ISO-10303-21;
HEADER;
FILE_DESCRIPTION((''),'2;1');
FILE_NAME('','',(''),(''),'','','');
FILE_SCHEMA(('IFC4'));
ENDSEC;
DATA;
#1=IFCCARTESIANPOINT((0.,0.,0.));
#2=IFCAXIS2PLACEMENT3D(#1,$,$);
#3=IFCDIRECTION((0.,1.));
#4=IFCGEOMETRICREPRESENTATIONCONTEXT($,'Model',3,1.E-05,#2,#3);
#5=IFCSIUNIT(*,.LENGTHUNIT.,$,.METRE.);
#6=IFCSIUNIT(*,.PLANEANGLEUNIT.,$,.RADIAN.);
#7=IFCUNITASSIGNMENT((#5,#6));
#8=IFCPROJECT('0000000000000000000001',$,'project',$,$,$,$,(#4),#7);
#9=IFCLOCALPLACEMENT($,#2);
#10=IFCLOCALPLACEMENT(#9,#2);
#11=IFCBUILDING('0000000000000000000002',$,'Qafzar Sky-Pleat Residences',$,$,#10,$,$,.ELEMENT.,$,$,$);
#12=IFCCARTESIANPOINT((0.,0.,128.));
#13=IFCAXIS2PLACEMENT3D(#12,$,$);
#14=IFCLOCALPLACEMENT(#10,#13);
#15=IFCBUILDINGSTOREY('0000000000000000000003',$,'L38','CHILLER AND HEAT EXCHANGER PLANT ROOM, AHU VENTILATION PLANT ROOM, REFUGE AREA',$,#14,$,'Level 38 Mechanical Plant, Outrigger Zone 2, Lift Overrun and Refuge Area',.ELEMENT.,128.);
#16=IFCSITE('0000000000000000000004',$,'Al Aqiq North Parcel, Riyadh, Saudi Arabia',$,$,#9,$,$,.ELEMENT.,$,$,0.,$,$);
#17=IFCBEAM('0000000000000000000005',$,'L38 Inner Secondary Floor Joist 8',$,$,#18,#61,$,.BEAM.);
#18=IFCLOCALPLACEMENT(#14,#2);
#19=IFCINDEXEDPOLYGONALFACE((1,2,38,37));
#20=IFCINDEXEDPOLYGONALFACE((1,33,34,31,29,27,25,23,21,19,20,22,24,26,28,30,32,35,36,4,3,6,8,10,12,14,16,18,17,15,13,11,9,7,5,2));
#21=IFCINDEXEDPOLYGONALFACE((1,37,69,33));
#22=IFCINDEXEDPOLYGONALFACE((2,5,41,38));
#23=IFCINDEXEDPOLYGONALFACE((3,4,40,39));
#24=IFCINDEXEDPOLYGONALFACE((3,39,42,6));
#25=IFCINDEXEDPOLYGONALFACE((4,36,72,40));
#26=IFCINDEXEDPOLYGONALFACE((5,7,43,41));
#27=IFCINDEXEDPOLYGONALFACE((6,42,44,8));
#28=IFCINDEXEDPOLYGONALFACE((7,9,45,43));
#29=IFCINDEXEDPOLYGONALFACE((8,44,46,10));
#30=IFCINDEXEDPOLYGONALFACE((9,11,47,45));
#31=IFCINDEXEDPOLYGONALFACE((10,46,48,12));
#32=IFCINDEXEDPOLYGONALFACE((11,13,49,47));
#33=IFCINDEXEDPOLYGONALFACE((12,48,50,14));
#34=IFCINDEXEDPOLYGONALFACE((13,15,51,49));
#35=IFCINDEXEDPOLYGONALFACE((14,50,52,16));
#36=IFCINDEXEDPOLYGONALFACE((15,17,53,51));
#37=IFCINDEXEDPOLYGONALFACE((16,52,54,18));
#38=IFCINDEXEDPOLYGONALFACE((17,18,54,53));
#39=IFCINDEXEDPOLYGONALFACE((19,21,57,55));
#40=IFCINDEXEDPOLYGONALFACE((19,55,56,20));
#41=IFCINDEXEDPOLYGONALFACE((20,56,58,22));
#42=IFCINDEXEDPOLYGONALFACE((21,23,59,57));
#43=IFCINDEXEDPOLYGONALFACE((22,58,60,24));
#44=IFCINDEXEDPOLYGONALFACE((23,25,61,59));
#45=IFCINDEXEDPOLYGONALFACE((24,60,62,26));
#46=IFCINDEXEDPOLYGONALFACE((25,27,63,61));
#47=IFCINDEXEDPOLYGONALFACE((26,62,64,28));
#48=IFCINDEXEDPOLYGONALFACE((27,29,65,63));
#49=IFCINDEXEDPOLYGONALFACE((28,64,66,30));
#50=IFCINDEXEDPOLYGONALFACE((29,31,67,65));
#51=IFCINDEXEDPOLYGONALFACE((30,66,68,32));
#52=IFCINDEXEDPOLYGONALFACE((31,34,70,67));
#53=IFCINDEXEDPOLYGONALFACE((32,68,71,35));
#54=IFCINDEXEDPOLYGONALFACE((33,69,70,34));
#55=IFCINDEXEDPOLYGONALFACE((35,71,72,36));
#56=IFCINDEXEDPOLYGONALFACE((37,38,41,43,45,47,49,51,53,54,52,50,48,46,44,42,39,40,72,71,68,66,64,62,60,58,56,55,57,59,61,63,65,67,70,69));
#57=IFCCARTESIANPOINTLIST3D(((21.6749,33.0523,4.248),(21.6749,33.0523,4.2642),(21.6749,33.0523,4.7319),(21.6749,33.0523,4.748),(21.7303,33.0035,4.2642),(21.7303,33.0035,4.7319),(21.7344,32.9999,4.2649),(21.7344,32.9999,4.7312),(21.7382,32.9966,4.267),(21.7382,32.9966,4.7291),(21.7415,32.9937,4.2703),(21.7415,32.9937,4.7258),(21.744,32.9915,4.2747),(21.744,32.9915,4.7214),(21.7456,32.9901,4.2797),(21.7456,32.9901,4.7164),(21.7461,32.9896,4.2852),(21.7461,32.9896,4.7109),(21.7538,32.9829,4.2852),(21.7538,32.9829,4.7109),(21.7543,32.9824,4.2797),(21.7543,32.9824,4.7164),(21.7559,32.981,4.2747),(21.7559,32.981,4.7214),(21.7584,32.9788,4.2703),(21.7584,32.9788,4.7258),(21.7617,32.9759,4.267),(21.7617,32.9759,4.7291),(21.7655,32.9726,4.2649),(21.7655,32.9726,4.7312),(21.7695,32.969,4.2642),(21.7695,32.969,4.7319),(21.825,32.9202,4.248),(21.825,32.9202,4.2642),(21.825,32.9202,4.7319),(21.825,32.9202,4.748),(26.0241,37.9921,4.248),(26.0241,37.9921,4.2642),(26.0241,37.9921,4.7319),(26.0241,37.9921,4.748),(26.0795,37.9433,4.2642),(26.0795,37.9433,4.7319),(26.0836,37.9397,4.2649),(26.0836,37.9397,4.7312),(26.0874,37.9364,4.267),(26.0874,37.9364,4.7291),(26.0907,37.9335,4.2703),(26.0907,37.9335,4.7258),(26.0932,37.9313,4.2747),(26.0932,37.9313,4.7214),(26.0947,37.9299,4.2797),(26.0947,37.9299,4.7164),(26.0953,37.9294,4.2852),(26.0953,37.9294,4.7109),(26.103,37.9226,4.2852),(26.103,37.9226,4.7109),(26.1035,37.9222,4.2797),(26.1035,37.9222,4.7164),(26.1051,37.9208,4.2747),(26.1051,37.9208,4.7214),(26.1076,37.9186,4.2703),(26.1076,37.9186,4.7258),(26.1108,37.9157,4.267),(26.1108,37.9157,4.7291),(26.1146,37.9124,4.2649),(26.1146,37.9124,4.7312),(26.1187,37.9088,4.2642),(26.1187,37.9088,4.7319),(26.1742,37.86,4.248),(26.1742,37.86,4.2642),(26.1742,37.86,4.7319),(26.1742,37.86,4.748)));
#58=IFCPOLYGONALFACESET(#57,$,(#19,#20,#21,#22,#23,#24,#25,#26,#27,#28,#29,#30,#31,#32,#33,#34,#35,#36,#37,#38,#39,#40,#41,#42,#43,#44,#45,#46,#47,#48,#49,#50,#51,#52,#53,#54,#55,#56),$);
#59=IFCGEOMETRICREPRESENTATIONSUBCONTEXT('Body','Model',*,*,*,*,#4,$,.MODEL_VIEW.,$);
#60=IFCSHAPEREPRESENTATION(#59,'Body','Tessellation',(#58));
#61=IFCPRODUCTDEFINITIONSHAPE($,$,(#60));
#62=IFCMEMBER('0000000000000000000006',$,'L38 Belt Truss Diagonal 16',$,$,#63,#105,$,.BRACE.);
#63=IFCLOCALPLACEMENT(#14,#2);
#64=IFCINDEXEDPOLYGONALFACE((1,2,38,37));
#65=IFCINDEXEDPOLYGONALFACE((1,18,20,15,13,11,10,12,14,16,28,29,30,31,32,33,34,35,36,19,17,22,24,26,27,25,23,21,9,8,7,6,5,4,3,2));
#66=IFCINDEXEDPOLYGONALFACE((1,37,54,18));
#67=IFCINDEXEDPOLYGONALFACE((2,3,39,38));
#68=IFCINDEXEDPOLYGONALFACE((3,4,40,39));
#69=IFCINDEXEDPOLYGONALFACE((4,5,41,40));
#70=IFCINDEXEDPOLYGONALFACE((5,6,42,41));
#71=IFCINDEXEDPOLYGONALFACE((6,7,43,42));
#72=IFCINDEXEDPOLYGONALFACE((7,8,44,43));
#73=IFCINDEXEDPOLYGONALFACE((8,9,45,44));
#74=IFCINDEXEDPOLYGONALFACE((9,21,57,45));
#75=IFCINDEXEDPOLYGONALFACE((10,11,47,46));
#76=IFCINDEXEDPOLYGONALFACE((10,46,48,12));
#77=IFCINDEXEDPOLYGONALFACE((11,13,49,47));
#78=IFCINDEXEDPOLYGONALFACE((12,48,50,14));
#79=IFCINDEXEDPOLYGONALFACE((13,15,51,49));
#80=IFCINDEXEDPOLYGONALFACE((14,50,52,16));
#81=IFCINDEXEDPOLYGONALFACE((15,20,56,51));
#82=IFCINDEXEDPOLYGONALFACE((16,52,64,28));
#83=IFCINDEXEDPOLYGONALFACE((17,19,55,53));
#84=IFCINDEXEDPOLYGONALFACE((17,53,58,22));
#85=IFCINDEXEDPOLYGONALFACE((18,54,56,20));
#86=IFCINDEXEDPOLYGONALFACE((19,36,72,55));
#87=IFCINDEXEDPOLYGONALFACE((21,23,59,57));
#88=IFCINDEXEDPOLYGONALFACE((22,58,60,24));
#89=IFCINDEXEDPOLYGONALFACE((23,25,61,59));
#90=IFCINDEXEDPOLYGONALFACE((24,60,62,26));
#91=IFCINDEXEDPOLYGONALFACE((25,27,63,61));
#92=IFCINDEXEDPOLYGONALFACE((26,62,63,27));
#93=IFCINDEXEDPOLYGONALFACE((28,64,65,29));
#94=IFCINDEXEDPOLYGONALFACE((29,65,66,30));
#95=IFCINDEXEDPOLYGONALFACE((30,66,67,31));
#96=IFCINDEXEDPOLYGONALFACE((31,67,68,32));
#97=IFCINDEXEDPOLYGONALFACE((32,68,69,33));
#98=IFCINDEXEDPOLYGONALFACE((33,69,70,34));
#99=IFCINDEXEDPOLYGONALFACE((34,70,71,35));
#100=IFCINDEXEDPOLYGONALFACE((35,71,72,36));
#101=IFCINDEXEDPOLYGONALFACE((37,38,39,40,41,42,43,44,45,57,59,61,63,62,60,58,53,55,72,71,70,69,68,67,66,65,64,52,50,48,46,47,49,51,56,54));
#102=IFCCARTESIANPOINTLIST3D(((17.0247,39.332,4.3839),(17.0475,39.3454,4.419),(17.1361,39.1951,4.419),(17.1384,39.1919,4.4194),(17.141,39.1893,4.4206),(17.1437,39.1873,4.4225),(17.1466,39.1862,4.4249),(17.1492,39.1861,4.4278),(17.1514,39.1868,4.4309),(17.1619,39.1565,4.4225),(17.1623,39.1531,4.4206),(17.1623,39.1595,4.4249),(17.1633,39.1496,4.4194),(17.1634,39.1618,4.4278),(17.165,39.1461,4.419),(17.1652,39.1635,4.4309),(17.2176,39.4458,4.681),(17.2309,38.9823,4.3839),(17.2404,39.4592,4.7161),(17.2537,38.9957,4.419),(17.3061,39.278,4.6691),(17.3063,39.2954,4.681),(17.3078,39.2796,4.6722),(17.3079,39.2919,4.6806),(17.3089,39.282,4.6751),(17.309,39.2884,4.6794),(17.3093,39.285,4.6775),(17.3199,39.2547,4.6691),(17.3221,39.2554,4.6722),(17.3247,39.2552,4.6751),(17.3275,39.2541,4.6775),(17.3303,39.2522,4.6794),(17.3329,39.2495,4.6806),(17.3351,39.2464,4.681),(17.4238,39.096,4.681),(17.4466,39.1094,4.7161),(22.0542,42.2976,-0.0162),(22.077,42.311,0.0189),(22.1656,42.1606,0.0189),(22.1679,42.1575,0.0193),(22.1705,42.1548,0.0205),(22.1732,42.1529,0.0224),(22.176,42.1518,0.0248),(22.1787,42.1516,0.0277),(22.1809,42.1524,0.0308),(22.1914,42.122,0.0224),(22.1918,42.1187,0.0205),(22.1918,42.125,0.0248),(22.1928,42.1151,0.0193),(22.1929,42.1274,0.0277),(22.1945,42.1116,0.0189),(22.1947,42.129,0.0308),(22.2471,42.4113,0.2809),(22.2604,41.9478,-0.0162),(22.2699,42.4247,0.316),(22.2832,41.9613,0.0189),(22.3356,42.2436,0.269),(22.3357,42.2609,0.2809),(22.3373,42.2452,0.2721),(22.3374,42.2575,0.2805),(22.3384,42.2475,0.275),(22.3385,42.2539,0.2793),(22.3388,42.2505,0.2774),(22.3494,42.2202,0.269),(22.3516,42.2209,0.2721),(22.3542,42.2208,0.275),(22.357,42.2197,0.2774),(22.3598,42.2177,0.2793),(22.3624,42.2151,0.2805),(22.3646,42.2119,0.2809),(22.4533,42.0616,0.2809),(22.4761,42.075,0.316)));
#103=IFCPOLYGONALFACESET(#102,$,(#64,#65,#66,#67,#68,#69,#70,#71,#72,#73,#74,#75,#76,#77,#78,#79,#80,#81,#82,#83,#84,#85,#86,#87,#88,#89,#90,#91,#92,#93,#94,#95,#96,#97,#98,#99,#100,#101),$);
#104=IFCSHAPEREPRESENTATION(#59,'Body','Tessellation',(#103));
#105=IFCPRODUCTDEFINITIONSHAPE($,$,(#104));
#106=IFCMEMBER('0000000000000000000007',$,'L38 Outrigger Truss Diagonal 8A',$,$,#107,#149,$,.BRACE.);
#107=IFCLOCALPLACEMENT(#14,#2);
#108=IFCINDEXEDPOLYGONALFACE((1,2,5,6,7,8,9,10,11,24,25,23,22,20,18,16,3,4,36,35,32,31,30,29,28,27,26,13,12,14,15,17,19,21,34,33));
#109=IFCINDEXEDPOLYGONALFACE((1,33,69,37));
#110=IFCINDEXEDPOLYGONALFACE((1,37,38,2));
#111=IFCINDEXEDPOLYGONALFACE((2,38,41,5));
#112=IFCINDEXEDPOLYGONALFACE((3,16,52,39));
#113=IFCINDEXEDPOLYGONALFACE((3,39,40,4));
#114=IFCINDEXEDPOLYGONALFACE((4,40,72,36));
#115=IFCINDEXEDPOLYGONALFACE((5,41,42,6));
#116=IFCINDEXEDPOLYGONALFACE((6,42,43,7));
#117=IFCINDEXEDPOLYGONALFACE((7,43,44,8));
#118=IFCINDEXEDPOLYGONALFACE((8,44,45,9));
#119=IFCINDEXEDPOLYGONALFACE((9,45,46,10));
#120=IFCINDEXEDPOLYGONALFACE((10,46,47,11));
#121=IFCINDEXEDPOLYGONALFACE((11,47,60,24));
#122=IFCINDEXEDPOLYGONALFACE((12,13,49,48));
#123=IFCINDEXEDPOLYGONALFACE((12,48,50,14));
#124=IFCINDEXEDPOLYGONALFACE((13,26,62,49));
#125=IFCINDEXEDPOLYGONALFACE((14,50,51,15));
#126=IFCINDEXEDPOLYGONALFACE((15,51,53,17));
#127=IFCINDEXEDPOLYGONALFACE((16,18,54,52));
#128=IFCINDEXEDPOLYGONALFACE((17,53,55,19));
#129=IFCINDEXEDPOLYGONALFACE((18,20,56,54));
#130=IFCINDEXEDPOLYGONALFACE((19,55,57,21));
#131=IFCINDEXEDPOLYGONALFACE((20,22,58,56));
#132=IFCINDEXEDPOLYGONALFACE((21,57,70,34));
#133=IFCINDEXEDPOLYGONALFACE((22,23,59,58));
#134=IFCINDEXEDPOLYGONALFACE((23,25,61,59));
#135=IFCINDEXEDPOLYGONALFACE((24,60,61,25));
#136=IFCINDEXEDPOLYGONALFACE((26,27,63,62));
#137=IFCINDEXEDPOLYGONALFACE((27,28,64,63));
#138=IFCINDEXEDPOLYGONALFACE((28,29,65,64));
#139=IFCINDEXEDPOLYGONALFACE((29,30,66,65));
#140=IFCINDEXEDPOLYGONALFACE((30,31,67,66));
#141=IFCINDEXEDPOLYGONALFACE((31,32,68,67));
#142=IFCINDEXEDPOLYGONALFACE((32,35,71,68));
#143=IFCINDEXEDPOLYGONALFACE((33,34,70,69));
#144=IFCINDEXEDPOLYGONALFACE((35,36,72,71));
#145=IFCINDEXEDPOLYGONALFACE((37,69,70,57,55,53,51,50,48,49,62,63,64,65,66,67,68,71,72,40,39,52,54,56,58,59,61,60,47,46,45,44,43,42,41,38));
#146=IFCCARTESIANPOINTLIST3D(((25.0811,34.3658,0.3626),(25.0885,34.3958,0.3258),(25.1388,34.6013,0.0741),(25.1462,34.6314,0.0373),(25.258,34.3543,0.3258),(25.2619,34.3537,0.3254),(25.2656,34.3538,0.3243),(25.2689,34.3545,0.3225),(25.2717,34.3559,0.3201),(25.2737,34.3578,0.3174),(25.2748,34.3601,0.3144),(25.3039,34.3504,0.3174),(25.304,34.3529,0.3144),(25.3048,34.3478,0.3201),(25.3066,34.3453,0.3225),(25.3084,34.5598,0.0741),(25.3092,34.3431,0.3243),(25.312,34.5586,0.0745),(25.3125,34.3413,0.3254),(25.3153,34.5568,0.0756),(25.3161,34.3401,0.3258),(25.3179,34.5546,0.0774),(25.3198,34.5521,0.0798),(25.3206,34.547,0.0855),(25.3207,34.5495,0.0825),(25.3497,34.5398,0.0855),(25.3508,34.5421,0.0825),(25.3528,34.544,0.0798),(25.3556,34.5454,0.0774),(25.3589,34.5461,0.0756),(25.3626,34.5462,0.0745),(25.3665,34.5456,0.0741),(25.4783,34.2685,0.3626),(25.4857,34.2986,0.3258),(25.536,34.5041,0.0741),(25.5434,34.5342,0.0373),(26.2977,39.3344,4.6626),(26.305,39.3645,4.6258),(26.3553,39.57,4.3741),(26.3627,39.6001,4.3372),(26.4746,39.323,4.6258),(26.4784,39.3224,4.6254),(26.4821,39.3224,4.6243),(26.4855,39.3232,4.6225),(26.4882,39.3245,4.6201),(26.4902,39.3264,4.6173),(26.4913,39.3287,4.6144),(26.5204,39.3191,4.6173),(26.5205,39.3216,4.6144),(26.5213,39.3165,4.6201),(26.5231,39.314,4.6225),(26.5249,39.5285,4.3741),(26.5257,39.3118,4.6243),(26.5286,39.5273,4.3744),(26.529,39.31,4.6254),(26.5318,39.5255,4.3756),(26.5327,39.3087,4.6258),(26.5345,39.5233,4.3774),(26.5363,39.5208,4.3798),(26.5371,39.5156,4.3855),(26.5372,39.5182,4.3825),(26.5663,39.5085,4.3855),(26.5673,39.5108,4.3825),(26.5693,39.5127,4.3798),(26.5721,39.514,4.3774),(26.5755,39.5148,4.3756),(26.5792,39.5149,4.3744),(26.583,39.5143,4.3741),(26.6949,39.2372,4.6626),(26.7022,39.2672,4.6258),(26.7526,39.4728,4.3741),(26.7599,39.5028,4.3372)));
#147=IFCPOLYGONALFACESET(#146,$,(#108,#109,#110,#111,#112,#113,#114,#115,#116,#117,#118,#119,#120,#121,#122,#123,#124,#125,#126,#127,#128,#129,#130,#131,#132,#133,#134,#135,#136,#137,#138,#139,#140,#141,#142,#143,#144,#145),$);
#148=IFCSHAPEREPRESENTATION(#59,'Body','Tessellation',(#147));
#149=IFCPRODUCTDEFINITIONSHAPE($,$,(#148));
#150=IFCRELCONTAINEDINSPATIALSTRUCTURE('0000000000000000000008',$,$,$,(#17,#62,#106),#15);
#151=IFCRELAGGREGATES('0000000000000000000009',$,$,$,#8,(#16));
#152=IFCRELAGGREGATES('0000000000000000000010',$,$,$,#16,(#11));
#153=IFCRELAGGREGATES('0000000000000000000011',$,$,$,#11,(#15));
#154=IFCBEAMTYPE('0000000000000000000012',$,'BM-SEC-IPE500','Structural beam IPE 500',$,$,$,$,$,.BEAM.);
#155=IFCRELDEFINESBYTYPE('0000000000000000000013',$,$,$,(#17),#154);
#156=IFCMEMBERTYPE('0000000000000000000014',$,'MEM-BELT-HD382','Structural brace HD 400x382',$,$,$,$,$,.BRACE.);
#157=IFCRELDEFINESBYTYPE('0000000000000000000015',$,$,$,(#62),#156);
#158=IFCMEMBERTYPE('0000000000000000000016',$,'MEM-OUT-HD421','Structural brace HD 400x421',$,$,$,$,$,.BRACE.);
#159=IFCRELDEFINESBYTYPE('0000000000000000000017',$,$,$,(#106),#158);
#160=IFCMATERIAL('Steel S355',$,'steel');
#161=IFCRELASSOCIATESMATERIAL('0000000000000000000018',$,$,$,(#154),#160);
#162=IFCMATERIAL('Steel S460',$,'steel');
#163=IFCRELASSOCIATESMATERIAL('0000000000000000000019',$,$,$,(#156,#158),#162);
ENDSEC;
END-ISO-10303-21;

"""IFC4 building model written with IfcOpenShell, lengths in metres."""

from ifc_helpers import new_model, si_unit, direction, frame, origin, origin_2d, place, context, subcontext, project, spatial, i_section, extrude, source, transform, mapped, material, material_profile, profile_set, type_object, element, save


model = new_model("IFC4")

# Units and contexts
model_context = context("Model", 3, precision=1e-05, world=origin(), true_north=direction((0.0, 1.0)))
body_context = subcontext(model_context, "Body", "Model", "MODEL_VIEW")
ifc_project = project(units=[si_unit("LENGTHUNIT", "METRE"), si_unit("PLANEANGLEUNIT", "RADIAN")], contexts=[model_context])

# Site, building, storey
site_placement = place(None, origin())
site = spatial("IfcSite", under=ifc_project, at=site_placement, Name="Al Aqiq North Parcel, Riyadh, Saudi Arabia", CompositionType="ELEMENT", RefElevation=0.0)
building_placement = place(site_placement, origin())
building = spatial("IfcBuilding", under=site, at=building_placement, Name="Qafzar Sky-Pleat Residences", CompositionType="ELEMENT")
storey_placement = place(building_placement, frame((0.0, 0.0, 128.0)))
storey = spatial("IfcBuildingStorey", under=building, at=storey_placement, Name="L38", Description="CHILLER AND HEAT EXCHANGER PLANT ROOM, AHU VENTILATION PLANT ROOM, REFUGE AREA", LongName="Level 38 Mechanical Plant, Outrigger Zone 2, Lift Overrun and Refuge Area", CompositionType="ELEMENT", Elevation=128.0)

# Shared definitions
ifc_material_1 = material(Name="Steel S460", Category="steel")

# Beam
ifc_material_2 = material(Name="Steel S355", Category="steel")
ifc_material_profile_1 = material_profile(ifc_material_2, i_section(OverallWidth=0.2, OverallDepth=0.5, WebThickness=0.0103, FlangeThickness=0.0161, FilletRadius=0.021, at=origin_2d()), Name="IPE 500")
ifc_profile_set_1 = profile_set([ifc_material_profile_1], Name="Steel S355")
beam_type_1 = type_object("IfcBeamType", Name="BM-SEC-IPE500", Description="Structural beam IPE 500", PredefinedType="BEAM", material=ifc_profile_set_1)
shared_shape_1 = source(origin(), body_context, "Body", "SweptSolid", [
    extrude(i_section(OverallWidth=0.2, OverallDepth=0.5, WebThickness=0.0103, FlangeThickness=0.0161, FilletRadius=0.021, at=origin_2d()), origin(), (0.0, 0.0, 1.0), 6.5815),
])
beam_1_placement = place(storey_placement, frame((26.0991, 37.926, 4.498), z_axis=(-0.660815, -0.750549, 0.0), x_axis=(0.750549, -0.660815, 0.0)))
element("IfcBeam", 1, at=beam_1_placement, inside=storey, type_object=beam_type_1, Name="L38 Inner Secondary Floor Joist 8", PredefinedType="BEAM", context=body_context, shape_type="MappedRepresentation", body=[
    mapped(shared_shape_1, transform((0.0, 0.0, 0.0), x_axis=(1.0, 0.0, 0.0), y_axis=(0.0, 1.0, 0.0), z_axis=(0.0, 0.0, 1.0), scale=1.0)),
])

# Members
ifc_material_profile_2 = material_profile(ifc_material_1, i_section(OverallWidth=0.406, OverallDepth=0.416, WebThickness=0.0271, FlangeThickness=0.0439, FilletRadius=0.0149, at=origin_2d()), Name="HD 400x382")
ifc_profile_set_2 = profile_set([ifc_material_profile_2], Name="Steel S460")
member_type_1 = type_object("IfcMemberType", Name="MEM-BELT-HD382", Description="Structural brace HD 400x382", PredefinedType="BRACE", material=ifc_profile_set_2)
shared_shape_2 = source(origin(), body_context, "Body", "SweptSolid", [
    extrude(i_section(OverallWidth=0.406, OverallDepth=0.416, WebThickness=0.0271, FlangeThickness=0.0439, FilletRadius=0.0149, at=origin_2d()), origin(), (0.0, 0.0, 1.0), 7.311),
])
member_placement = place(storey_placement, frame((22.2651, 42.1863, 0.1499), z_axis=(-0.687932, -0.405626, 0.601844), x_axis=(0.507913, -0.861408, 0.0)))
element("IfcMember", 2, at=member_placement, inside=storey, type_object=member_type_1, Name="L38 Belt Truss Diagonal 16", PredefinedType="BRACE", context=body_context, shape_type="MappedRepresentation", body=[
    mapped(shared_shape_2, transform((0.0, 0.0, 0.0), x_axis=(1.0, 0.0, 0.0), y_axis=(0.0, 1.0, 0.0), z_axis=(0.0, 0.0, 1.0), scale=1.0)),
])
ifc_material_profile_3 = material_profile(ifc_material_1, i_section(OverallWidth=0.4089, OverallDepth=0.425, WebThickness=0.03, FlangeThickness=0.0481, FilletRadius=0.0149, at=origin_2d()), Name="HD 400x421")
ifc_profile_set_3 = profile_set([ifc_material_profile_3], Name="Steel S460")
member_type_2 = type_object("IfcMemberType", Name="MEM-OUT-HD421", Description="Structural brace HD 400x421", PredefinedType="BRACE", material=ifc_profile_set_3)
shared_shape_3 = source(origin(), body_context, "Body", "SweptSolid", [
    extrude(i_section(OverallWidth=0.4089, OverallDepth=0.425, WebThickness=0.03, FlangeThickness=0.0481, FilletRadius=0.0149, at=origin_2d()), origin(), (0.0, 0.0, 1.0), 6.6826),
])
for number, where, z_axis, x_axis, name in (
    (3, (25.3123, 34.45, 0.2), (0.182044, 0.743521, 0.643457), (-0.97131, 0.237816, 0.0), "L38 Outrigger Truss Diagonal 8A"),
):
    element("IfcMember", number, at=place(storey_placement, frame(where, z_axis=z_axis, x_axis=x_axis)), inside=storey, type_object=member_type_2, Name=name, PredefinedType="BRACE", context=body_context, shape_type="MappedRepresentation", body=[
        mapped(shared_shape_3, transform((0.0, 0.0, 0.0), x_axis=(1.0, 0.0, 0.0), y_axis=(0.0, 1.0, 0.0), z_axis=(0.0, 0.0, 1.0), scale=1.0)),
    ])

save(model, "model.ifc")
